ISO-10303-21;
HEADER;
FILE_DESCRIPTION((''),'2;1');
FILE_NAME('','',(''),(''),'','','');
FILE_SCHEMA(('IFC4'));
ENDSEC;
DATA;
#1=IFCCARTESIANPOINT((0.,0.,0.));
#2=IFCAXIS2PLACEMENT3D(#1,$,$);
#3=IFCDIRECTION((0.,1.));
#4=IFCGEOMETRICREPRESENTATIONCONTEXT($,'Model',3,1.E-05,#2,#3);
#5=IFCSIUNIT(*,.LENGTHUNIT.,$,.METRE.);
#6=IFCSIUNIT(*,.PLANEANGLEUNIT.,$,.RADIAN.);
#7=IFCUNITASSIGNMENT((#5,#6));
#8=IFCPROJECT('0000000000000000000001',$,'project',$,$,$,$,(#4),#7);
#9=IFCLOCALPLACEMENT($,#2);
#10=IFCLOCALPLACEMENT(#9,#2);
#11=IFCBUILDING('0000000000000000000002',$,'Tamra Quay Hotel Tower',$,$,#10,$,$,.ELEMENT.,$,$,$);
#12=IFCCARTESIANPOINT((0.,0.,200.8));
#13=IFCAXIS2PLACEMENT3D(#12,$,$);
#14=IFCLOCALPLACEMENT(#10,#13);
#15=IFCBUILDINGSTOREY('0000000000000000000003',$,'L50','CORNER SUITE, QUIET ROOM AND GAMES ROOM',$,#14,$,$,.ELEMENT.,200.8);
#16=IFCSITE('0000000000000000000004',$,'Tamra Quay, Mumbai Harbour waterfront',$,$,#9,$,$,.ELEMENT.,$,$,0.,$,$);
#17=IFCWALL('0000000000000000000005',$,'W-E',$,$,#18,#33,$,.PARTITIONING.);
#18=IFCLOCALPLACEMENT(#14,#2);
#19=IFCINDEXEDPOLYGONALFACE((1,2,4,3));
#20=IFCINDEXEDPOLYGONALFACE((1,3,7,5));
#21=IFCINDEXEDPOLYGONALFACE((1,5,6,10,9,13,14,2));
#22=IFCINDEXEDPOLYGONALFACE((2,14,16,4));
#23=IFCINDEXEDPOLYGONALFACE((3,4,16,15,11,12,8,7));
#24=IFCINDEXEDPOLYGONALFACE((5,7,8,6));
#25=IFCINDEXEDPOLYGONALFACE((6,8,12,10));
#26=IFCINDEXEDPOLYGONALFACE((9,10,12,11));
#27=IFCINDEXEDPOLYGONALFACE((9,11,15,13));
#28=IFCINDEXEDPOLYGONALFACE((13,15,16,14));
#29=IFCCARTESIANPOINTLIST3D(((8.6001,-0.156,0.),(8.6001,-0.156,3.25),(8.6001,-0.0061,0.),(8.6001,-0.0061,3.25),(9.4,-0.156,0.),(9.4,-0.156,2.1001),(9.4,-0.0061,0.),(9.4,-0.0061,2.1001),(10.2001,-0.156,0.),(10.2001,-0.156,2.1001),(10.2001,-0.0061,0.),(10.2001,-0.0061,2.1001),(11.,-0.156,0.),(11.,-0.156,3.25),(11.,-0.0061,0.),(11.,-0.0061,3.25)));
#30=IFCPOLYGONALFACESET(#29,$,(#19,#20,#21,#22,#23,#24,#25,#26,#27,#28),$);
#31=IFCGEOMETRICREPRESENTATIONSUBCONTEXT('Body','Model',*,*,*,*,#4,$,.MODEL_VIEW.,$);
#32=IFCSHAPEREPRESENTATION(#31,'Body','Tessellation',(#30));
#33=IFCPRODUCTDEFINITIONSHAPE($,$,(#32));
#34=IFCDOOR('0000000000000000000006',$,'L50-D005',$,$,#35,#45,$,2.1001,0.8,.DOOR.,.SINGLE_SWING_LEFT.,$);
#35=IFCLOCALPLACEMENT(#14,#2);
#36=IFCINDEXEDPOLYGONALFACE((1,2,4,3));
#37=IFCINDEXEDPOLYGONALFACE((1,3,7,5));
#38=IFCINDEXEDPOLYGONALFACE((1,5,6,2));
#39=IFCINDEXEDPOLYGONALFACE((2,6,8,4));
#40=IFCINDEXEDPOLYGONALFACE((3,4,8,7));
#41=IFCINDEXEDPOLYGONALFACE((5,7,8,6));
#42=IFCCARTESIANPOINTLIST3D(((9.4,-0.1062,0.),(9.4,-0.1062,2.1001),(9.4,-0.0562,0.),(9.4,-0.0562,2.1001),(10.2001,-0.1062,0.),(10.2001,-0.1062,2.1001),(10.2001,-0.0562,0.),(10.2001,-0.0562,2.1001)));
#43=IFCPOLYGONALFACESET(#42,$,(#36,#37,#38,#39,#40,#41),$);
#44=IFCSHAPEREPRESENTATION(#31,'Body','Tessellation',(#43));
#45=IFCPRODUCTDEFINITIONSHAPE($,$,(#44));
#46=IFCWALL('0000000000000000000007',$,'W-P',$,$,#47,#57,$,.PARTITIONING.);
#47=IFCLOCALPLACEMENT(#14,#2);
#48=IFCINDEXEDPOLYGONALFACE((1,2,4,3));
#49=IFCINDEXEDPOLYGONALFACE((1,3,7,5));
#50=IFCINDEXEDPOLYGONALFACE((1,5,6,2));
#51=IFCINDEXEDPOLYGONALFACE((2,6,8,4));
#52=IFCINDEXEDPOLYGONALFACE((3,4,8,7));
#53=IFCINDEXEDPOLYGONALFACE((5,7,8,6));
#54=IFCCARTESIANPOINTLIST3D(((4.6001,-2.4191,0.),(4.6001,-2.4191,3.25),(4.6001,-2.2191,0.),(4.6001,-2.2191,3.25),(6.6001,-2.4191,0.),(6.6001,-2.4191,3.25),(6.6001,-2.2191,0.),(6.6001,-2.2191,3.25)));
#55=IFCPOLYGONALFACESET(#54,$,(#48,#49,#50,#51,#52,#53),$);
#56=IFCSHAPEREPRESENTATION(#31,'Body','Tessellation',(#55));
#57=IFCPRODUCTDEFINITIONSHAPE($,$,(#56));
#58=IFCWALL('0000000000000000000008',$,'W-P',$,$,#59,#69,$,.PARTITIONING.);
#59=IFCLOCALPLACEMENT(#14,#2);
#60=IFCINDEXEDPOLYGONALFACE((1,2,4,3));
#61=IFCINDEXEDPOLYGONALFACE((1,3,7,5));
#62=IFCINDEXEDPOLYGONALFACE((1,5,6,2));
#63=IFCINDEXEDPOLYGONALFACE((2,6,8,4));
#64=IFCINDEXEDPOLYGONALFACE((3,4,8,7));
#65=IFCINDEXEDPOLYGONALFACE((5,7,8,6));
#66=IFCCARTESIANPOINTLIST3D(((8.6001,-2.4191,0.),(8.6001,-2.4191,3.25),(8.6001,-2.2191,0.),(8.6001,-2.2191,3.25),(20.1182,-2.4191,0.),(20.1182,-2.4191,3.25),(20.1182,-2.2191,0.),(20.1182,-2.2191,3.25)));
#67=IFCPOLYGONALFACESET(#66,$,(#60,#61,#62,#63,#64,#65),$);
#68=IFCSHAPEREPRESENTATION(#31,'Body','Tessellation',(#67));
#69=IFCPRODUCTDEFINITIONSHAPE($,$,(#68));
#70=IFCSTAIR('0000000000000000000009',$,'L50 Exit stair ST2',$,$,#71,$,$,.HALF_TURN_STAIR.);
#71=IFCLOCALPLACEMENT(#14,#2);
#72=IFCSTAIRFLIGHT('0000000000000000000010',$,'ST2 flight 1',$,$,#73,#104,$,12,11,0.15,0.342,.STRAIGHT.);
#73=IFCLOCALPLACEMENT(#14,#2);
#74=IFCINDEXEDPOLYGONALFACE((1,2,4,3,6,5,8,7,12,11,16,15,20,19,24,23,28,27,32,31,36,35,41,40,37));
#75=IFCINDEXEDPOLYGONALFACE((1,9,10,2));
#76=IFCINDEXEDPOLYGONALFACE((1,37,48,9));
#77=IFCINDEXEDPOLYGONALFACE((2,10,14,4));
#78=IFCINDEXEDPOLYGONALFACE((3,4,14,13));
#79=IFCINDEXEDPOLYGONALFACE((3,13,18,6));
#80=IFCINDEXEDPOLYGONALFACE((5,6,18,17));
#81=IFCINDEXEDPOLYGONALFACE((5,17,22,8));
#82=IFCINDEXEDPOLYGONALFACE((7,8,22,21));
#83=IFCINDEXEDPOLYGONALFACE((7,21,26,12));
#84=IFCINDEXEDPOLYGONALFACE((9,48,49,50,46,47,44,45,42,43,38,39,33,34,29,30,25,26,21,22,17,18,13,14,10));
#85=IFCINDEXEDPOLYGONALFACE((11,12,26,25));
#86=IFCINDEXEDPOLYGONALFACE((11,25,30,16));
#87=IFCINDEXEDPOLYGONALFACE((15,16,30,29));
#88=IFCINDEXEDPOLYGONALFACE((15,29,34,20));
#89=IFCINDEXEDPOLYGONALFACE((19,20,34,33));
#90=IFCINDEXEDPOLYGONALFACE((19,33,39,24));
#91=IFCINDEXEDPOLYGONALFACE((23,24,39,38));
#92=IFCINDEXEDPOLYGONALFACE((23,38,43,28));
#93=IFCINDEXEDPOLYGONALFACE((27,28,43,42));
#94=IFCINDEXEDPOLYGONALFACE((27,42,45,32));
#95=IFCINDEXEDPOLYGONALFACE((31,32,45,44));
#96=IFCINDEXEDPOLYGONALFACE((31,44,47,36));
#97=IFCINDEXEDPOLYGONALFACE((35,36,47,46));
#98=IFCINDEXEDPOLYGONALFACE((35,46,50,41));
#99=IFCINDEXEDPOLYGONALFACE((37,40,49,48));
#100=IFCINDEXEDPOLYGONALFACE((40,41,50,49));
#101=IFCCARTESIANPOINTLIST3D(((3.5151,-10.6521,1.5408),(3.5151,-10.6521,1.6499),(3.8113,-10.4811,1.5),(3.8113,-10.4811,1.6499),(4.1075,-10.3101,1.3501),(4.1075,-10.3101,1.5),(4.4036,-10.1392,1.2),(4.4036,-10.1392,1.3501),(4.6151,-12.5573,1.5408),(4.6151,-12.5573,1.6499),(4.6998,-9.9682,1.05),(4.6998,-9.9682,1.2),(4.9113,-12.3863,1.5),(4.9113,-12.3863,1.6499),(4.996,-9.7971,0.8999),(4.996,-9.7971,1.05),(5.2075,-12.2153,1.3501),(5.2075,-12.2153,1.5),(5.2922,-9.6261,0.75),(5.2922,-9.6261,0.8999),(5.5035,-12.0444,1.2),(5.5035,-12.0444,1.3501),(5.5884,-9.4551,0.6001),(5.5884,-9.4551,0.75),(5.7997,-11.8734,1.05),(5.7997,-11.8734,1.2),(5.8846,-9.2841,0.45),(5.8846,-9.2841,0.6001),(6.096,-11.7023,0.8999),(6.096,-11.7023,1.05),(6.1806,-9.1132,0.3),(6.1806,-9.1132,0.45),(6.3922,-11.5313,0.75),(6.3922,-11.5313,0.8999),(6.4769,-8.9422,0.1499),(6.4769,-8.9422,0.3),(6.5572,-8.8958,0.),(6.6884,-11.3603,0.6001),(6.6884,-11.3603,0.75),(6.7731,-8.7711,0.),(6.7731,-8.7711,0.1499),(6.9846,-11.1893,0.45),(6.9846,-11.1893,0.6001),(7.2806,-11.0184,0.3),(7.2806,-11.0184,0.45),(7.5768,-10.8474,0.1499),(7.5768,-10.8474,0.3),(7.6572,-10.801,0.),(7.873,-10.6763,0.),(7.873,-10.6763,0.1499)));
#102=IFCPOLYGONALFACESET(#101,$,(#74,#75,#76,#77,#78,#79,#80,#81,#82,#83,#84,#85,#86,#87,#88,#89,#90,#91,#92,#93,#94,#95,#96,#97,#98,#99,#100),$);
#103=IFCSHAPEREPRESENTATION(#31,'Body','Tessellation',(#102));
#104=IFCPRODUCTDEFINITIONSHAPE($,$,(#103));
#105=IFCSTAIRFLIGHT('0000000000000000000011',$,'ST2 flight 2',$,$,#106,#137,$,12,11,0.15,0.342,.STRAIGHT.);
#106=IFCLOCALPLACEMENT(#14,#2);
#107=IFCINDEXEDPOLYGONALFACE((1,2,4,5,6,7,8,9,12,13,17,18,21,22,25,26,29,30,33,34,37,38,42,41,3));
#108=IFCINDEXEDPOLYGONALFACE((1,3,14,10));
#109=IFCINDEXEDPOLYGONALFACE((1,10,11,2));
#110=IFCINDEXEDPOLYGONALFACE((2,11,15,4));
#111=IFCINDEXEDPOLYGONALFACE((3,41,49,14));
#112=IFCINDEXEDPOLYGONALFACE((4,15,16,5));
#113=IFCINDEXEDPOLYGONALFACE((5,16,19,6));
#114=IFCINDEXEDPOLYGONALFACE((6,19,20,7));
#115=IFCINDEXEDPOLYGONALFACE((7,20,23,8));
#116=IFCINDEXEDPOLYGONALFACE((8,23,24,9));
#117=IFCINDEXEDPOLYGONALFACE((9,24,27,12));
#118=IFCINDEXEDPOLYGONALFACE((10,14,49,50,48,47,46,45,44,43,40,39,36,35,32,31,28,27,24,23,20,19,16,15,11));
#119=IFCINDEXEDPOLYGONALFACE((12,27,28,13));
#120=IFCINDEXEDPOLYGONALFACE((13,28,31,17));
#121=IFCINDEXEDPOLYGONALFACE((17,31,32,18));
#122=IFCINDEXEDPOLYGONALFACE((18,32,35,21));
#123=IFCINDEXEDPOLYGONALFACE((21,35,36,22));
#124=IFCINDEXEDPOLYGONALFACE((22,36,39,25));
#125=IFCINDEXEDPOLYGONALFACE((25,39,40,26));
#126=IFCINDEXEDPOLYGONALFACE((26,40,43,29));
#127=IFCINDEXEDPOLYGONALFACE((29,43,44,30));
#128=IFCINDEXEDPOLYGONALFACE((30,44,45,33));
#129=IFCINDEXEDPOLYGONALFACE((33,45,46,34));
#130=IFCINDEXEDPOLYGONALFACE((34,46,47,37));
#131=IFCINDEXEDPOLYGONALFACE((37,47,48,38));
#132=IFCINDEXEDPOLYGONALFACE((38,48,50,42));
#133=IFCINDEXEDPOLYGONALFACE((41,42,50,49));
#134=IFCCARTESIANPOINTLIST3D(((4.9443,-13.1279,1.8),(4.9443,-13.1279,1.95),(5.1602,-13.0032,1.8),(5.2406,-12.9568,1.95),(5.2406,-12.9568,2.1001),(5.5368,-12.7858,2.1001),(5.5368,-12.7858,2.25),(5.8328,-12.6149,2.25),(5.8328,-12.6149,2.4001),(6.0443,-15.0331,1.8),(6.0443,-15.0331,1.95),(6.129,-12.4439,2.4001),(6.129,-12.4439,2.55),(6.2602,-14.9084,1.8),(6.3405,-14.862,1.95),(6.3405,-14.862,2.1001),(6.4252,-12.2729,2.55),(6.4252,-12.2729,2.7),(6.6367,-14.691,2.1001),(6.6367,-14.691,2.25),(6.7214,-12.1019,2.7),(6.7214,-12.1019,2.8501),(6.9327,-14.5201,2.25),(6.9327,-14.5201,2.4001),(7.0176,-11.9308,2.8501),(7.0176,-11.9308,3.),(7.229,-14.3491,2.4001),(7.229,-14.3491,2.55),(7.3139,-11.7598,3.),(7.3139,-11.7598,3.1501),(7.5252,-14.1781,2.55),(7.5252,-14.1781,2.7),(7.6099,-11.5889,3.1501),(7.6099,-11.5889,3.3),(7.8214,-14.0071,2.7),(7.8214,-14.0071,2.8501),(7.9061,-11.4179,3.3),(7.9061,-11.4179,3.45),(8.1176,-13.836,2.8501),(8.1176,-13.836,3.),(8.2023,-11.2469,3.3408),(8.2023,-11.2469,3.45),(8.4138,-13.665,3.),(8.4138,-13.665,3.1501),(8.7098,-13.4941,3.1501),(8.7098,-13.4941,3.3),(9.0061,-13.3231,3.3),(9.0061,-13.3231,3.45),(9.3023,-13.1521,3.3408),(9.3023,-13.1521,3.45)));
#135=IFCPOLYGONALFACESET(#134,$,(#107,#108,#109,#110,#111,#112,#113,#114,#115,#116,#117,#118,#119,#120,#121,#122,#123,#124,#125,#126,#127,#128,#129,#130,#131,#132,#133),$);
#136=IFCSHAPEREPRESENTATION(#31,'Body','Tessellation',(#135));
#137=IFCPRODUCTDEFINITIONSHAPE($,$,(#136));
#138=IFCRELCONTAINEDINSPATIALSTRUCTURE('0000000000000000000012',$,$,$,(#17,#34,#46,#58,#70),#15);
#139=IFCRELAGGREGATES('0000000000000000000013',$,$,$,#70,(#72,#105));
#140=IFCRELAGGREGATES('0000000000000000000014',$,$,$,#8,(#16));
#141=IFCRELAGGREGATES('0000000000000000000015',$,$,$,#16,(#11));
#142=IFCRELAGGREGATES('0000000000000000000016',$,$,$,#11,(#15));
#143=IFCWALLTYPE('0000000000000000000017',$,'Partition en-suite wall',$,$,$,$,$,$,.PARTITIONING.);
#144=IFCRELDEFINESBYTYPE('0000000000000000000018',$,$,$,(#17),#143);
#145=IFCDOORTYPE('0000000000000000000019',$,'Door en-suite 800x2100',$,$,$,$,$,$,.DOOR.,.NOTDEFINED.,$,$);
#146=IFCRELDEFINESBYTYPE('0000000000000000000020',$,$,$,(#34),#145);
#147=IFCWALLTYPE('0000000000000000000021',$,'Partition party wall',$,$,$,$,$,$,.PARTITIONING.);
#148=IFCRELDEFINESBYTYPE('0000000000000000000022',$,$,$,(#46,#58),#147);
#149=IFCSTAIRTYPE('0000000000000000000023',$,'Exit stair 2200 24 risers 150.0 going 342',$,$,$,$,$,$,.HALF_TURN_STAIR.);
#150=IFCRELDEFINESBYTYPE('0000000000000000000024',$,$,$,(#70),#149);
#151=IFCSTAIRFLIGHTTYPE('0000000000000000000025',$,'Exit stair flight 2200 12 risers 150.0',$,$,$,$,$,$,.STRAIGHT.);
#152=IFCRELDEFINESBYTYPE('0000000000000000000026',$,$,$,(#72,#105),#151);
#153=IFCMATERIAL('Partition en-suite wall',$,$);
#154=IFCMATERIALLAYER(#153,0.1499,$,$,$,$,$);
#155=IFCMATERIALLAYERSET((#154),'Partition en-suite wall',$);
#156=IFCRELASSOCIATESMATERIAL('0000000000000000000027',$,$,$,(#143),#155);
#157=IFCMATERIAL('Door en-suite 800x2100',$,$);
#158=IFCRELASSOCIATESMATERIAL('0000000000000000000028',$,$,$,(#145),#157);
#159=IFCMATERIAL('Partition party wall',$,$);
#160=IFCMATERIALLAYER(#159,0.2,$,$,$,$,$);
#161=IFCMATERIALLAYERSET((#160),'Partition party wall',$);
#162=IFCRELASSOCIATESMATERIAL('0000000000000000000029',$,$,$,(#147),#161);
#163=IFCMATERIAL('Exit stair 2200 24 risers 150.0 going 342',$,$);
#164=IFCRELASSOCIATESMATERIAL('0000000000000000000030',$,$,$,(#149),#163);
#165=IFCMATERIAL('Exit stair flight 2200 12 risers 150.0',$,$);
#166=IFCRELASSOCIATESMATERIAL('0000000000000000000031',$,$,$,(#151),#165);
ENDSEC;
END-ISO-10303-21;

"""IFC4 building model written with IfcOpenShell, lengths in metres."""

from ifc_helpers import new_model, si_unit, direction, frame, frame_2d, origin, place, context, subcontext, project, spatial, polyline, rectangle, outline, extrude, material, layer, layer_set, type_object, element, fill, aggregate, save


model = new_model("IFC4")

# Units and contexts
model_context = context("Model", 3, precision=1e-05, world=origin(), true_north=direction((0.0, 1.0)))
body_context = subcontext(model_context, "Body", "Model", "MODEL_VIEW")
ifc_project = project(units=[si_unit("LENGTHUNIT", "METRE"), si_unit("PLANEANGLEUNIT", "RADIAN")], contexts=[model_context])

# Site, building, storey
site_placement = place(None, origin())
site = spatial("IfcSite", under=ifc_project, at=site_placement, Name="Tamra Quay, Mumbai Harbour waterfront", CompositionType="ELEMENT", RefElevation=0.0)
building_placement = place(site_placement, origin())
building = spatial("IfcBuilding", under=site, at=building_placement, Name="Tamra Quay Hotel Tower", CompositionType="ELEMENT")
storey_placement = place(building_placement, frame((0.0, 0.0, 200.8)))
storey = spatial("IfcBuildingStorey", under=building, at=storey_placement, Name="L50", Description="CORNER SUITE, QUIET ROOM AND GAMES ROOM", CompositionType="ELEMENT", Elevation=200.8)

# Wall, opening, door
ifc_material_1 = material(Name="Partition en-suite wall")
ifc_layer_1 = layer(ifc_material_1, 0.1499)
ifc_layer_set_1 = layer_set([ifc_layer_1], Name="Partition en-suite wall")
wall_type_1 = type_object("IfcWallType", Name="Partition en-suite wall", PredefinedType="PARTITIONING", material=ifc_layer_set_1)
wall_1_placement = place(storey_placement, frame((8.6001, -0.0811, 0.0), z_axis=(0.0, 0.0, 1.0), x_axis=(1.0, 0.0, 0.0)))
wall_1 = element("IfcWall", 1, at=wall_1_placement, inside=storey, type_object=wall_type_1, Name="W-E", PredefinedType="PARTITIONING", context=body_context, shape_type="SweptSolid", body=[
    extrude(rectangle(XDim=2.3999, YDim=0.1499, at=frame_2d((1.2, 0.0))), origin(), (0.0, 0.0, 1.0), 3.25),
])
opening_1_placement = place(wall_1_placement, frame((0.8, 0.0, 0.0)))
opening_1 = element("IfcOpeningElement", 2, at=opening_1_placement, cuts=wall_1, PredefinedType="OPENING", context=body_context, shape_type="SweptSolid", body=[
    extrude(rectangle(XDim=0.8, YDim=2.1001, at=frame_2d((0.3999, 1.05))), frame((0.0, 0.085, 0.0), z_axis=(0.0, -1.0, 0.0), x_axis=(1.0, 0.0, 0.0)), (0.0, 0.0, 1.0), 0.1699),
])
ifc_material_2 = material(Name="Door en-suite 800x2100")
door_type_1 = type_object("IfcDoorType", Name="Door en-suite 800x2100", OperationType="NOTDEFINED", PredefinedType="DOOR", material=ifc_material_2)
door_1_placement = place(opening_1_placement, origin())
door_1 = element("IfcDoor", 3, at=door_1_placement, inside=storey, type_object=door_type_1, Name="L50-D005", OperationType="SINGLE_SWING_LEFT", OverallHeight=2.1001, OverallWidth=0.8, PredefinedType="DOOR", context=body_context, shape_type="SweptSolid", body=[
    extrude(rectangle(XDim=0.8, YDim=2.1001, at=frame_2d((0.3999, 1.05))), frame((0.0, 0.0249, 0.0), z_axis=(0.0, -1.0, 0.0), x_axis=(1.0, 0.0, 0.0)), (0.0, 0.0, 1.0), 0.05),
])
fill(opening_1, door_1)

# Walls
ifc_material_3 = material(Name="Partition party wall")
ifc_layer_2 = layer(ifc_material_3, 0.2)
ifc_layer_set_2 = layer_set([ifc_layer_2], Name="Partition party wall")
wall_type_2 = type_object("IfcWallType", Name="Partition party wall", PredefinedType="PARTITIONING", material=ifc_layer_set_2)
wall_2_placement = place(storey_placement, frame((4.6001, -2.3191, 0.0), z_axis=(0.0, 0.0, 1.0), x_axis=(1.0, 0.0, 0.0)))
element("IfcWall", 4, at=wall_2_placement, inside=storey, type_object=wall_type_2, Name="W-P", PredefinedType="PARTITIONING", context=body_context, shape_type="SweptSolid", body=[
    extrude(rectangle(XDim=2.0, YDim=0.2, at=frame_2d((1.0, 0.0))), origin(), (0.0, 0.0, 1.0), 3.25),
])
wall_3_placement = place(storey_placement, frame((8.6001, -2.3191, 0.0), z_axis=(0.0, 0.0, 1.0), x_axis=(1.0, 0.0, 0.0)))
element("IfcWall", 5, at=wall_3_placement, inside=storey, type_object=wall_type_2, Name="W-P", PredefinedType="PARTITIONING", context=body_context, shape_type="SweptSolid", body=[
    extrude(rectangle(XDim=11.5181, YDim=0.2, at=frame_2d((5.759, 0.0))), origin(), (0.0, 0.0, 1.0), 3.25),
])

# Stair, stair flights
ifc_material_4 = material(Name="Exit stair 2200 24 risers 150.0 going 342")
stair_type = type_object("IfcStairType", Name="Exit stair 2200 24 risers 150.0 going 342", PredefinedType="HALF_TURN_STAIR", material=ifc_material_4)
stair_placement = place(storey_placement, origin())
stair = element("IfcStair", 6, at=stair_placement, inside=storey, type_object=stair_type, Name="L50 Exit stair ST2", PredefinedType="HALF_TURN_STAIR")
ifc_material_5 = material(Name="Exit stair flight 2200 12 risers 150.0")
stair_flight_type = type_object("IfcStairFlightType", Name="Exit stair flight 2200 12 risers 150.0", PredefinedType="STRAIGHT", material=ifc_material_5)
stair_flight_1_placement = place(storey_placement, frame((7.323, -9.7236, 0.0), z_axis=(0.0, 0.0, 1.0), x_axis=(-0.866025, -0.5, 0.0)))
stair_flight_1 = element("IfcStairFlight", 7, at=stair_flight_1_placement, type_object=stair_flight_type, Name="ST2 flight 1", NumberOfRisers=12, NumberOfTreads=11, PredefinedType="STRAIGHT", RiserHeight=0.15, TreadLength=0.342, context=body_context, shape_type="SweptSolid", body=[
    extrude(outline(polyline([(0.0, 0.0), (0.0, 0.1499), (0.342, 0.1499), (0.342, 0.3), (0.6841, 0.3), (0.6841, 0.45), (1.0259, 0.45), (1.0259, 0.6001), (1.3679, 0.6001), (1.3679, 0.75), (1.71, 0.75), (1.71, 0.8999), (2.052, 0.8999), (2.052, 1.05), (2.394, 1.05), (2.394, 1.2), (2.7361, 1.2), (2.7361, 1.3501), (3.0779, 1.3501), (3.0779, 1.5), (3.4199, 1.5), (3.4199, 1.6499), (3.762, 1.6499), (3.762, 1.8), (3.762, 1.5408), (0.2493, 0.0), (0.0, 0.0)])), frame((0.0, 1.1001, 0.0), z_axis=(0.0, -1.0, 0.0), x_axis=(1.0, 0.0, 0.0)), (0.0, 0.0, 1.0), 2.2),
])
stair_flight_2_placement = place(storey_placement, frame((5.4944, -14.0806, 1.8), z_axis=(0.0, 0.0, 1.0), x_axis=(0.866025, 0.5, 0.0)))
stair_flight_2 = element("IfcStairFlight", 8, at=stair_flight_2_placement, type_object=stair_flight_type, Name="ST2 flight 2", NumberOfRisers=12, NumberOfTreads=11, PredefinedType="STRAIGHT", RiserHeight=0.15, TreadLength=0.342, context=body_context, shape_type="SweptSolid", body=[
    extrude(outline(polyline([(0.0, 0.0), (0.0, 0.1499), (0.342, 0.1499), (0.342, 0.3), (0.6841, 0.3), (0.6841, 0.45), (1.0259, 0.45), (1.0259, 0.6001), (1.3679, 0.6001), (1.3679, 0.75), (1.71, 0.75), (1.71, 0.8999), (2.052, 0.8999), (2.052, 1.05), (2.394, 1.05), (2.394, 1.2), (2.7361, 1.2), (2.7361, 1.3501), (3.0779, 1.3501), (3.0779, 1.5), (3.4199, 1.5), (3.4199, 1.6499), (3.762, 1.6499), (3.762, 1.8), (3.762, 1.5408), (0.2493, 0.0), (0.0, 0.0)])), frame((0.0, 1.1001, 0.0), z_axis=(0.0, -1.0, 0.0), x_axis=(1.0, 0.0, 0.0)), (0.0, 0.0, 1.0), 2.2),
])
aggregate(stair, [stair_flight_1, stair_flight_2])

save(model, "model.ifc")
